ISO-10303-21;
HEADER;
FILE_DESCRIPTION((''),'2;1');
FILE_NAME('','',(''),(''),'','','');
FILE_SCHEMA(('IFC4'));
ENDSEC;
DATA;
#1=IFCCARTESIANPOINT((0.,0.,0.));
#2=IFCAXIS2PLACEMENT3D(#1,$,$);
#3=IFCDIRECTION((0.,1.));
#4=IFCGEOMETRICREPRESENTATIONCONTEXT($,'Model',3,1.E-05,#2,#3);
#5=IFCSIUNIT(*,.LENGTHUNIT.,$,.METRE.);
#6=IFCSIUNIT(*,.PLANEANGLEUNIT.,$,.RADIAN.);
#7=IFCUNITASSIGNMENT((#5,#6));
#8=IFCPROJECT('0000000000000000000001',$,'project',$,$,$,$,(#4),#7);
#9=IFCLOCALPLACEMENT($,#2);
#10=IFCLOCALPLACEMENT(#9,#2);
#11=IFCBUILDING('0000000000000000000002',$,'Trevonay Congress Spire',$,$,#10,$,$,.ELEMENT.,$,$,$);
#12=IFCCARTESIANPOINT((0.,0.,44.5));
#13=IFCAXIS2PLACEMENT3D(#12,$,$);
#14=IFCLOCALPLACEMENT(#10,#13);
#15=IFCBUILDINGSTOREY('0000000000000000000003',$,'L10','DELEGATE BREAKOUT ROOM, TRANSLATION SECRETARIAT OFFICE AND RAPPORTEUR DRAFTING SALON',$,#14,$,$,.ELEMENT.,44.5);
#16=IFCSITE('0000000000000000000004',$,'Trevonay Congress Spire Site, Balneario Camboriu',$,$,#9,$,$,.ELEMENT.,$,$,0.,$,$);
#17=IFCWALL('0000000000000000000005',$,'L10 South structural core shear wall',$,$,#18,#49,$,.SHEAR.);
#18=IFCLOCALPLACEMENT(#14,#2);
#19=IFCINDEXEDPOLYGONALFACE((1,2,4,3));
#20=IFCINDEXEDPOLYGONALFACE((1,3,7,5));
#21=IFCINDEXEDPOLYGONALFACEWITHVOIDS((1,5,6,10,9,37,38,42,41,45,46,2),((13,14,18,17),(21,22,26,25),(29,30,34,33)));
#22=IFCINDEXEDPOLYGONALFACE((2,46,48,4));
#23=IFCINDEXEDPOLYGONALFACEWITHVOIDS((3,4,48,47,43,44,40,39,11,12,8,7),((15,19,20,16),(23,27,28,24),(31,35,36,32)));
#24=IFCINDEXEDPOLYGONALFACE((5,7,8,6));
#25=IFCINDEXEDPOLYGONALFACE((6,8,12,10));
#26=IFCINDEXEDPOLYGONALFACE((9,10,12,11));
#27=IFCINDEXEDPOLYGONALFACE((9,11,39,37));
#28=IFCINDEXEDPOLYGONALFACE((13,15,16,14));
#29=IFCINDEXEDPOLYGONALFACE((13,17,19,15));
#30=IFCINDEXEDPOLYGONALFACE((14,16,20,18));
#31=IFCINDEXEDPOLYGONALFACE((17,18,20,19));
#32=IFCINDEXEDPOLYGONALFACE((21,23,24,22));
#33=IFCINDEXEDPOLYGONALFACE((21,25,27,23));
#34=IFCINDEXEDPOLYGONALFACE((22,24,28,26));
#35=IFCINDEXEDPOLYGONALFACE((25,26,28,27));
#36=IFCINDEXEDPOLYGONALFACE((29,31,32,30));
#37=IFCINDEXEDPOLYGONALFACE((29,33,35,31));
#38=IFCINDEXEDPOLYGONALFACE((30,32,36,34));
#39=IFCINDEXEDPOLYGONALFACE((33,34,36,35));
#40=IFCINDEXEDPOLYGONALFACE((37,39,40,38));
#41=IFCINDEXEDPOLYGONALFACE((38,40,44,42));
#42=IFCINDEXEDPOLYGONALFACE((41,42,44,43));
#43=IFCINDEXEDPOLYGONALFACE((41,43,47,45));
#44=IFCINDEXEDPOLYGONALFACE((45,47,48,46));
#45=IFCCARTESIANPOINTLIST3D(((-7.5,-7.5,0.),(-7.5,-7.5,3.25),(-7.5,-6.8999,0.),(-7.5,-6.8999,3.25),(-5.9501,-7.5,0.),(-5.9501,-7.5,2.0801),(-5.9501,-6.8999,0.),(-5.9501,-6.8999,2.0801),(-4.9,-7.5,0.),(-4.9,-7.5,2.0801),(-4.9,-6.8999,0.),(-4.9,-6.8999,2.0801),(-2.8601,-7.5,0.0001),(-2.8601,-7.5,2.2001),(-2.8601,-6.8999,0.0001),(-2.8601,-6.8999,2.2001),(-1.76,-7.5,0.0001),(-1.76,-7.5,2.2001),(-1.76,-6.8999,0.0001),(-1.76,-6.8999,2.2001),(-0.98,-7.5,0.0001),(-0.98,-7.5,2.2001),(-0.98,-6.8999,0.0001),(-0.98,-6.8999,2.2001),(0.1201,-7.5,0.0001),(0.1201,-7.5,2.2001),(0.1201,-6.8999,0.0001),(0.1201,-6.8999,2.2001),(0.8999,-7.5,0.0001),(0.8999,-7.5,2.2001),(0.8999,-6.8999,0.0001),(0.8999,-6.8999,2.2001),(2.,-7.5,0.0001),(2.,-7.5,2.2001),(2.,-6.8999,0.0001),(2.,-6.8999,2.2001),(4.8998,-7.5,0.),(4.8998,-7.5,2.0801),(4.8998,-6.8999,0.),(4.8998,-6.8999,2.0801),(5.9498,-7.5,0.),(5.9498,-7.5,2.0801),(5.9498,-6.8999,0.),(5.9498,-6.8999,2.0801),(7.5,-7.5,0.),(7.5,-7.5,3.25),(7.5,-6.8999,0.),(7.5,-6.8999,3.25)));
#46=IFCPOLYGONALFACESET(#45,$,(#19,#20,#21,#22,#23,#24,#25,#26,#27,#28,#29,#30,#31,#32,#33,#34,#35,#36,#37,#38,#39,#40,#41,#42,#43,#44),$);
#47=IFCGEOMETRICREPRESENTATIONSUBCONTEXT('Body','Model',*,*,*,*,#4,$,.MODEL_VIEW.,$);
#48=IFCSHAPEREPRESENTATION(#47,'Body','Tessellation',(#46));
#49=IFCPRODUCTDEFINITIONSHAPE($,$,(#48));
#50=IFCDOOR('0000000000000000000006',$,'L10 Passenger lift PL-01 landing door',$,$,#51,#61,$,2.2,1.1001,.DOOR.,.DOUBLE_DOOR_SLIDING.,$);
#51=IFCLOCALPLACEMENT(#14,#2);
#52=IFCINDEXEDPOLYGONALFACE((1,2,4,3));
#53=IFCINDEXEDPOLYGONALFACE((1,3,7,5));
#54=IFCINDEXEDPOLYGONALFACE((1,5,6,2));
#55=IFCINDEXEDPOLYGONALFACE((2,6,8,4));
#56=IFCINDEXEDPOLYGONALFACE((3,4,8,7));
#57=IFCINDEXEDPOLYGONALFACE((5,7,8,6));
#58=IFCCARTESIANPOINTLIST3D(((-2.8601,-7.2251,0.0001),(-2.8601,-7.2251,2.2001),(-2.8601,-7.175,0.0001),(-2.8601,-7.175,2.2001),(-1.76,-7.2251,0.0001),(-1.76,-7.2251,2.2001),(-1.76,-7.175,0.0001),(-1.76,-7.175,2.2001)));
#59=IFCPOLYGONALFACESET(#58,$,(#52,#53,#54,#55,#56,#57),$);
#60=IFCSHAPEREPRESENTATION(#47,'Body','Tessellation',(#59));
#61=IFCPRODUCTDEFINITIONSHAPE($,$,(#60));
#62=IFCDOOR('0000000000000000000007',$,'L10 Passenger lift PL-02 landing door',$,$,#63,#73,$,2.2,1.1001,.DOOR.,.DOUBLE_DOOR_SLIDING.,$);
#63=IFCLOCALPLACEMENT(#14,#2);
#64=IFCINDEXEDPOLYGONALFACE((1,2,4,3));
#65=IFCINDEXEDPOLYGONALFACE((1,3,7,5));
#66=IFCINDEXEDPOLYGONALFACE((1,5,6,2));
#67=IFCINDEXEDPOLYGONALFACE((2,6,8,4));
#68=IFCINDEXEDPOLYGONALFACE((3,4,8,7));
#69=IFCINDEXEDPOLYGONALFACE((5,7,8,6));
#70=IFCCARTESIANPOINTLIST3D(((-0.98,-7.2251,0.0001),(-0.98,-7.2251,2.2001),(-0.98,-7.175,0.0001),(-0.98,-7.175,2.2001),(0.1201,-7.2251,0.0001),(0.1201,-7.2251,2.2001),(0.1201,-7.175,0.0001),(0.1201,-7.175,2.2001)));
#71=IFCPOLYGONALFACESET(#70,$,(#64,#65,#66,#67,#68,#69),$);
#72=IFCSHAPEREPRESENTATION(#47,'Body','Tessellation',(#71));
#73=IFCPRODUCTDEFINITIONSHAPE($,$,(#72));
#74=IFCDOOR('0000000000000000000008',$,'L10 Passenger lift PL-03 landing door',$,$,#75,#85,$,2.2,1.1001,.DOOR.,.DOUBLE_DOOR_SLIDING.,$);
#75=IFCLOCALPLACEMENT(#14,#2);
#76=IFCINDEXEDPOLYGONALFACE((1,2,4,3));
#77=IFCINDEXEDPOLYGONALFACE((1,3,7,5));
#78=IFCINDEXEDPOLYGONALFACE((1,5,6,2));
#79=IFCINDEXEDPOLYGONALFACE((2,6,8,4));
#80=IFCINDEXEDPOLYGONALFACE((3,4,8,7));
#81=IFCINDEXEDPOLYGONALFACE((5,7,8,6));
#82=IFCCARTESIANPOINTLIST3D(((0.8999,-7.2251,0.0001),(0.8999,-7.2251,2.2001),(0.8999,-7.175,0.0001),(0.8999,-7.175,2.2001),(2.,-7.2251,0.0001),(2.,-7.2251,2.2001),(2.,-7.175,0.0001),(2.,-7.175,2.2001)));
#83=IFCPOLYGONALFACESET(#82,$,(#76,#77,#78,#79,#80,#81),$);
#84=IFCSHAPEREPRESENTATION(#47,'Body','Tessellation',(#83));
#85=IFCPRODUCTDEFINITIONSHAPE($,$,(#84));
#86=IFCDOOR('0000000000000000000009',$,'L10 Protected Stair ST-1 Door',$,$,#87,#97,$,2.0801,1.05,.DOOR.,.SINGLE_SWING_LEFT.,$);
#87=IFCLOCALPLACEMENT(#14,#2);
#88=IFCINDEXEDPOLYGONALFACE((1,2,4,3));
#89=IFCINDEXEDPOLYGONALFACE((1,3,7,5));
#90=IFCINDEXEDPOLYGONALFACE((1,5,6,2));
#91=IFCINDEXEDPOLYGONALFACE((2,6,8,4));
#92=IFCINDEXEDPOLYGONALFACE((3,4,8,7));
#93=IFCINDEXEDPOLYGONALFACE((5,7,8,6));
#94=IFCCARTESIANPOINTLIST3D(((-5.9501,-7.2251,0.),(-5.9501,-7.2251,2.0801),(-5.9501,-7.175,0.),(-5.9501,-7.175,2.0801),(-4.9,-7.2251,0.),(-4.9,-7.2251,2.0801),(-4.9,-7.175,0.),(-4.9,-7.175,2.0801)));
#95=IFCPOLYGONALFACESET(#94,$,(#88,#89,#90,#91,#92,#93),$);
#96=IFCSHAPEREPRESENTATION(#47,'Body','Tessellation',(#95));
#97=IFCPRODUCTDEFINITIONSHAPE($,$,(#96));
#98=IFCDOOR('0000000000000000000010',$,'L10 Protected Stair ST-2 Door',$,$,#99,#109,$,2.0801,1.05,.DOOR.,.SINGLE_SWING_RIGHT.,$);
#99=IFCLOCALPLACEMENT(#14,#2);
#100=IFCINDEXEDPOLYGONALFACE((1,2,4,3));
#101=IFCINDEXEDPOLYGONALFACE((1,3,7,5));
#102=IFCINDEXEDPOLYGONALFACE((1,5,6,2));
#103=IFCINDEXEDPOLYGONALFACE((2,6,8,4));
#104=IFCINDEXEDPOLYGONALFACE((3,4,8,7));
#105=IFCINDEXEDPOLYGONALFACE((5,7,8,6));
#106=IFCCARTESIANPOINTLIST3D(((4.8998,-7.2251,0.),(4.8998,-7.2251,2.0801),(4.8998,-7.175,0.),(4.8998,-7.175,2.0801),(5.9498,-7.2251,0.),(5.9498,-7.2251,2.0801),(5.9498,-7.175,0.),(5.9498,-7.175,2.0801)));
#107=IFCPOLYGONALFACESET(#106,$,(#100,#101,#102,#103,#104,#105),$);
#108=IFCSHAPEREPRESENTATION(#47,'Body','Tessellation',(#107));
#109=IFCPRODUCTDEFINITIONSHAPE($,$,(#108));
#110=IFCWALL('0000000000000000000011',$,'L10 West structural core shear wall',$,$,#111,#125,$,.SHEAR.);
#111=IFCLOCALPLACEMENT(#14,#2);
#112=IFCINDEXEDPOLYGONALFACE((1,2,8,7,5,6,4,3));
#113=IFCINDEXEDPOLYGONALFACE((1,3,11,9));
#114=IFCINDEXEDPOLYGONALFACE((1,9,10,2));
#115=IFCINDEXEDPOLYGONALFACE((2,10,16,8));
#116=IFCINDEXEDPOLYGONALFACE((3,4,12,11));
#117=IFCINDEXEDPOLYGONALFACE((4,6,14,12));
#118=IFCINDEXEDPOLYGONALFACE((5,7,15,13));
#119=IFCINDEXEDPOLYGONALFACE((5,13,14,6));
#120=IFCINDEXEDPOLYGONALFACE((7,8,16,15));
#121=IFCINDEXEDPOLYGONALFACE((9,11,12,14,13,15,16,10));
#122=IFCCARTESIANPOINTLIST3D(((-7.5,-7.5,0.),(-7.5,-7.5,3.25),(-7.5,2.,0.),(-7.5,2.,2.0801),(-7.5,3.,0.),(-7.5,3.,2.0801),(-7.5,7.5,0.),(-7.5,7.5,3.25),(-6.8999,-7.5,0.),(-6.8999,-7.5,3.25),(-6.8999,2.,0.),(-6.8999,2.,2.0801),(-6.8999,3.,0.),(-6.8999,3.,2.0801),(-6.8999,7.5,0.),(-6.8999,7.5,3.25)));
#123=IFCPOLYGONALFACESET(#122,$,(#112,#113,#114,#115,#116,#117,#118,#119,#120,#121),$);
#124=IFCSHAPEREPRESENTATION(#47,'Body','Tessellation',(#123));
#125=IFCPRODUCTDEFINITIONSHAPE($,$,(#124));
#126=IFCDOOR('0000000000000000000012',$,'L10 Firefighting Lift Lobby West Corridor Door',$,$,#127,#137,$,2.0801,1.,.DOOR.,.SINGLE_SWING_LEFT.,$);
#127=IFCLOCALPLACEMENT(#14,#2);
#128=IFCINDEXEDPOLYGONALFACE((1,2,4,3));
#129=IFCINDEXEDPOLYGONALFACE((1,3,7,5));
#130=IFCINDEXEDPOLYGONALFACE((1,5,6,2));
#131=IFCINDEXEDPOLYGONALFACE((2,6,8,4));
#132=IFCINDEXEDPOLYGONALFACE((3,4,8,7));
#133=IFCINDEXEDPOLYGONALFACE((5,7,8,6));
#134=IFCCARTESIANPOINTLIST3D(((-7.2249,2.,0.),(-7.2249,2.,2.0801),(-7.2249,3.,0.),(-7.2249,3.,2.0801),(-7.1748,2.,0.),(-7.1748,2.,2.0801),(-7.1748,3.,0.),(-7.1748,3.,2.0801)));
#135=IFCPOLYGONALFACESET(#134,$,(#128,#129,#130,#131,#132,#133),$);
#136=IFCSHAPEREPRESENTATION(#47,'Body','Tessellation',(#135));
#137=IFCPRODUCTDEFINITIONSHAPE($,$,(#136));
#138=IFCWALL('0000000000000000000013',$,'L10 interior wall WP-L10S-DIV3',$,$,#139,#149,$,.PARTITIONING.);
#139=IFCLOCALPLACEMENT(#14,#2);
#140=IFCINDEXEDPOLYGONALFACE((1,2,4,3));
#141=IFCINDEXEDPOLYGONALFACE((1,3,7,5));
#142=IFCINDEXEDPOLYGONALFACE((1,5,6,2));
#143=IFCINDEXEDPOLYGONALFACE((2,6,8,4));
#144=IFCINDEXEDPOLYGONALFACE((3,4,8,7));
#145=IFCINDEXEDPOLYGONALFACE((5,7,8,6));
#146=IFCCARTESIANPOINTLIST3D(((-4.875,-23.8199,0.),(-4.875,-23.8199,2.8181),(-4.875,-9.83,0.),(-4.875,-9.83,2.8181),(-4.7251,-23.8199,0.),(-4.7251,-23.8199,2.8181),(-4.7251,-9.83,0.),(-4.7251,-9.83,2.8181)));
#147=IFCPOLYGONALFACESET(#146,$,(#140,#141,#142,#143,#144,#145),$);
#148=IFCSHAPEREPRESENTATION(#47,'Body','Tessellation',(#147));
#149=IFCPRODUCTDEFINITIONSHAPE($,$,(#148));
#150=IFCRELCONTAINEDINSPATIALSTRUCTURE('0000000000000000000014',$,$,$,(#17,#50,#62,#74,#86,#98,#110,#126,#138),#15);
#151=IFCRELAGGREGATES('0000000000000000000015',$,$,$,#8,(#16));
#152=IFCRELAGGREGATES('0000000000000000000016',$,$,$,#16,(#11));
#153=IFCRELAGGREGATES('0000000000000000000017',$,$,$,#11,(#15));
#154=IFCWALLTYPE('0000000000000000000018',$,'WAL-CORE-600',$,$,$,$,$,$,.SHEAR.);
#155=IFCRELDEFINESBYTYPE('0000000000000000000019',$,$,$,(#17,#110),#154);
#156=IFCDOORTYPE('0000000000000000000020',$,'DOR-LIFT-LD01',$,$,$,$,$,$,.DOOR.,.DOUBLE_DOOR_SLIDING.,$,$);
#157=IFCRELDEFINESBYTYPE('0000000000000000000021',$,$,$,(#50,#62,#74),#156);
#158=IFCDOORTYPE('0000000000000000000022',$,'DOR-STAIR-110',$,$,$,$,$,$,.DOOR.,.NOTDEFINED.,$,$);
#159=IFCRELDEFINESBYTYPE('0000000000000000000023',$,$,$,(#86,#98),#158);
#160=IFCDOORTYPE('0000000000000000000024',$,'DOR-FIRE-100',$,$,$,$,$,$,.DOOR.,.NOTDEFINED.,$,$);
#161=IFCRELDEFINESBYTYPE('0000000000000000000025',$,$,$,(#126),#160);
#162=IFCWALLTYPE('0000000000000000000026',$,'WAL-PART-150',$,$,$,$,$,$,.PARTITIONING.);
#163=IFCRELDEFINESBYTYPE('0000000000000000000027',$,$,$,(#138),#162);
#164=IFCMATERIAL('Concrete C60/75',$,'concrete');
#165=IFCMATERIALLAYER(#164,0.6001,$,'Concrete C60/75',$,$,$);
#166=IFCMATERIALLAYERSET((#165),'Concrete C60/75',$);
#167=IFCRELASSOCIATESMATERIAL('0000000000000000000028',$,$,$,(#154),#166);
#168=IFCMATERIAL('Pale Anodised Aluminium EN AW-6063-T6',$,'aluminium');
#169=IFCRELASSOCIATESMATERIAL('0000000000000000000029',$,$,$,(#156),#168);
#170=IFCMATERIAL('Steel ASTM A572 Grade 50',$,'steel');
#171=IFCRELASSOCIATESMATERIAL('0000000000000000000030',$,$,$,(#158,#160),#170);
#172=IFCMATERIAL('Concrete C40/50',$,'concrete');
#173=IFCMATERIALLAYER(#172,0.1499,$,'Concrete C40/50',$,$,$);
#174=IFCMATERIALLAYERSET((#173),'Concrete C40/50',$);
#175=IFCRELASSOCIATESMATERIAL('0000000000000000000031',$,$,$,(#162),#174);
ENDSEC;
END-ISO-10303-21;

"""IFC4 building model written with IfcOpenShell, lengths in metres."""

from ifc_helpers import new_model, si_unit, direction, frame, frame_2d, origin, place, context, subcontext, project, spatial, rectangle, extrude, material, layer, layer_set, type_object, element, fill, save


model = new_model("IFC4")

# Units and contexts
model_context = context("Model", 3, precision=1e-05, world=origin(), true_north=direction((0.0, 1.0)))
body_context = subcontext(model_context, "Body", "Model", "MODEL_VIEW")
ifc_project = project(units=[si_unit("LENGTHUNIT", "METRE"), si_unit("PLANEANGLEUNIT", "RADIAN")], contexts=[model_context])

# Site, building, storey
site_placement = place(None, origin())
site = spatial("IfcSite", under=ifc_project, at=site_placement, Name="Trevonay Congress Spire Site, Balneario Camboriu", CompositionType="ELEMENT", RefElevation=0.0)
building_placement = place(site_placement, origin())
building = spatial("IfcBuilding", under=site, at=building_placement, Name="Trevonay Congress Spire", CompositionType="ELEMENT")
storey_placement = place(building_placement, frame((0.0, 0.0, 44.5)))
storey = spatial("IfcBuildingStorey", under=building, at=storey_placement, Name="L10", Description="DELEGATE BREAKOUT ROOM, TRANSLATION SECRETARIAT OFFICE AND RAPPORTEUR DRAFTING SALON", CompositionType="ELEMENT", Elevation=44.5)

# Shared definitions
ifc_material_1 = material(Name="Steel ASTM A572 Grade 50", Category="steel")

# Shared definitions
ifc_material_2 = material(Name="Pale Anodised Aluminium EN AW-6063-T6", Category="aluminium")

# Wall, openings, doors
ifc_material_3 = material(Name="Concrete C60/75", Category="concrete")
ifc_layer_1 = layer(ifc_material_3, 0.6001, Name="Concrete C60/75")
ifc_layer_set_1 = layer_set([ifc_layer_1], Name="Concrete C60/75")
wall_type_1 = type_object("IfcWallType", Name="WAL-CORE-600", PredefinedType="SHEAR", material=ifc_layer_set_1)
wall_1_placement = place(storey_placement, frame((-7.5, -7.2, 0.0), z_axis=(0.0, 0.0, 1.0), x_axis=(1.0, 0.0, 0.0)))
wall_1 = element("IfcWall", 1, at=wall_1_placement, inside=storey, type_object=wall_type_1, Name="L10 South structural core shear wall", PredefinedType="SHEAR", context=body_context, shape_type="SweptSolid", body=[
    extrude(rectangle(XDim=15.0, YDim=0.6001, at=frame_2d((7.5, 0.0))), origin(), (0.0, 0.0, 1.0), 3.25),
])
opening_1_placement = place(wall_1_placement, frame((1.55, 0.0, 0.0)))
opening_1 = element("IfcOpeningElement", 2, at=opening_1_placement, cuts=wall_1, PredefinedType="OPENING", context=body_context, shape_type="SweptSolid", body=[
    extrude(rectangle(XDim=1.05, YDim=2.0801, at=frame_2d((0.5249, 1.04))), frame((0.0, 0.3101, 0.0), z_axis=(0.0, -1.0, 0.0), x_axis=(1.0, 0.0, 0.0)), (0.0, 0.0, 1.0), 0.6201),
])
opening_2_placement = place(wall_1_placement, frame((12.3999, 0.0, 0.0)))
opening_2 = element("IfcOpeningElement", 3, at=opening_2_placement, cuts=wall_1, PredefinedType="OPENING", context=body_context, shape_type="SweptSolid", body=[
    extrude(rectangle(XDim=1.05, YDim=2.0801, at=frame_2d((0.5249, 1.04))), frame((0.0, 0.3101, 0.0), z_axis=(0.0, -1.0, 0.0), x_axis=(1.0, 0.0, 0.0)), (0.0, 0.0, 1.0), 0.6201),
])
opening_3_placement = place(wall_1_placement, frame((4.6399, 0.0, 0.0)))
opening_3 = element("IfcOpeningElement", 4, at=opening_3_placement, cuts=wall_1, PredefinedType="OPENING", context=body_context, shape_type="SweptSolid", body=[
    extrude(rectangle(XDim=1.1001, YDim=2.2, at=frame_2d((0.55, 1.1001))), frame((0.0, 0.3101, 0.0), z_axis=(0.0, -1.0, 0.0), x_axis=(1.0, 0.0, 0.0)), (0.0, 0.0, 1.0), 0.6201),
])
opening_4_placement = place(wall_1_placement, frame((6.52, 0.0, 0.0)))
opening_4 = element("IfcOpeningElement", 5, at=opening_4_placement, cuts=wall_1, PredefinedType="OPENING", context=body_context, shape_type="SweptSolid", body=[
    extrude(rectangle(XDim=1.1001, YDim=2.2, at=frame_2d((0.55, 1.1001))), frame((0.0, 0.3101, 0.0), z_axis=(0.0, -1.0, 0.0), x_axis=(1.0, 0.0, 0.0)), (0.0, 0.0, 1.0), 0.6201),
])
opening_5_placement = place(wall_1_placement, frame((8.3999, 0.0, 0.0)))
opening_5 = element("IfcOpeningElement", 6, at=opening_5_placement, cuts=wall_1, PredefinedType="OPENING", context=body_context, shape_type="SweptSolid", body=[
    extrude(rectangle(XDim=1.1001, YDim=2.2, at=frame_2d((0.55, 1.1001))), frame((0.0, 0.3101, 0.0), z_axis=(0.0, -1.0, 0.0), x_axis=(1.0, 0.0, 0.0)), (0.0, 0.0, 1.0), 0.6201),
])
door_type_1 = type_object("IfcDoorType", Name="DOR-LIFT-LD01", OperationType="DOUBLE_DOOR_SLIDING", PredefinedType="DOOR", material=ifc_material_2)
door_1_placement = place(opening_3_placement, origin())
door_1 = element("IfcDoor", 7, at=door_1_placement, inside=storey, type_object=door_type_1, Name="L10 Passenger lift PL-01 landing door", OperationType="DOUBLE_DOOR_SLIDING", OverallHeight=2.2, OverallWidth=1.1001, PredefinedType="DOOR", context=body_context, shape_type="SweptSolid", body=[
    extrude(rectangle(XDim=1.1001, YDim=2.2, at=frame_2d((0.55, 1.1001))), frame((0.0, 0.0249, 0.0), z_axis=(0.0, -1.0, 0.0), x_axis=(1.0, 0.0, 0.0)), (0.0, 0.0, 1.0), 0.05),
])
fill(opening_3, door_1)
door_2_placement = place(opening_4_placement, origin())
door_2 = element("IfcDoor", 8, at=door_2_placement, inside=storey, type_object=door_type_1, Name="L10 Passenger lift PL-02 landing door", OperationType="DOUBLE_DOOR_SLIDING", OverallHeight=2.2, OverallWidth=1.1001, PredefinedType="DOOR", context=body_context, shape_type="SweptSolid", body=[
    extrude(rectangle(XDim=1.1001, YDim=2.2, at=frame_2d((0.55, 1.1001))), frame((0.0, 0.0249, 0.0), z_axis=(0.0, -1.0, 0.0), x_axis=(1.0, 0.0, 0.0)), (0.0, 0.0, 1.0), 0.05),
])
fill(opening_4, door_2)
door_3_placement = place(opening_5_placement, origin())
door_3 = element("IfcDoor", 9, at=door_3_placement, inside=storey, type_object=door_type_1, Name="L10 Passenger lift PL-03 landing door", OperationType="DOUBLE_DOOR_SLIDING", OverallHeight=2.2, OverallWidth=1.1001, PredefinedType="DOOR", context=body_context, shape_type="SweptSolid", body=[
    extrude(rectangle(XDim=1.1001, YDim=2.2, at=frame_2d((0.55, 1.1001))), frame((0.0, 0.0249, 0.0), z_axis=(0.0, -1.0, 0.0), x_axis=(1.0, 0.0, 0.0)), (0.0, 0.0, 1.0), 0.05),
])
fill(opening_5, door_3)
door_type_2 = type_object("IfcDoorType", Name="DOR-STAIR-110", OperationType="NOTDEFINED", PredefinedType="DOOR", material=ifc_material_1)
door_4_placement = place(opening_1_placement, origin())
door_4 = element("IfcDoor", 10, at=door_4_placement, inside=storey, type_object=door_type_2, Name="L10 Protected Stair ST-1 Door", OperationType="SINGLE_SWING_LEFT", OverallHeight=2.0801, OverallWidth=1.05, PredefinedType="DOOR", context=body_context, shape_type="SweptSolid", body=[
    extrude(rectangle(XDim=1.05, YDim=2.0801, at=frame_2d((0.5249, 1.04))), frame((0.0, 0.0249, 0.0), z_axis=(0.0, -1.0, 0.0), x_axis=(1.0, 0.0, 0.0)), (0.0, 0.0, 1.0), 0.05),
])
fill(opening_1, door_4)
door_5_placement = place(opening_2_placement, origin())
door_5 = element("IfcDoor", 11, at=door_5_placement, inside=storey, type_object=door_type_2, Name="L10 Protected Stair ST-2 Door", OperationType="SINGLE_SWING_RIGHT", OverallHeight=2.0801, OverallWidth=1.05, PredefinedType="DOOR", context=body_context, shape_type="SweptSolid", body=[
    extrude(rectangle(XDim=1.05, YDim=2.0801, at=frame_2d((0.5249, 1.04))), frame((0.0, 0.0249, 0.0), z_axis=(0.0, -1.0, 0.0), x_axis=(1.0, 0.0, 0.0)), (0.0, 0.0, 1.0), 0.05),
])
fill(opening_2, door_5)

# Wall, opening, door
wall_2_placement = place(storey_placement, frame((-7.2, -7.5, 0.0), z_axis=(0.0, 0.0, 1.0), x_axis=(0.0, 1.0, 0.0)))
wall_2 = element("IfcWall", 12, at=wall_2_placement, inside=storey, type_object=wall_type_1, Name="L10 West structural core shear wall", PredefinedType="SHEAR", context=body_context, shape_type="SweptSolid", body=[
    extrude(rectangle(XDim=15.0, YDim=0.6001, at=frame_2d((7.5, 0.0))), origin(), (0.0, 0.0, 1.0), 3.25),
])
opening_6_placement = place(wall_2_placement, frame((9.5, 0.0, 0.0)))
opening_6 = element("IfcOpeningElement", 13, at=opening_6_placement, cuts=wall_2, PredefinedType="OPENING", context=body_context, shape_type="SweptSolid", body=[
    extrude(rectangle(XDim=1.0, YDim=2.0801, at=frame_2d((0.5, 1.04))), frame((0.0, 0.3101, 0.0), z_axis=(0.0, -1.0, 0.0), x_axis=(1.0, 0.0, 0.0)), (0.0, 0.0, 1.0), 0.6201),
])
door_type_3 = type_object("IfcDoorType", Name="DOR-FIRE-100", OperationType="NOTDEFINED", PredefinedType="DOOR", material=ifc_material_1)
door_6_placement = place(opening_6_placement, origin())
door_6 = element("IfcDoor", 14, at=door_6_placement, inside=storey, type_object=door_type_3, Name="L10 Firefighting Lift Lobby West Corridor Door", OperationType="SINGLE_SWING_LEFT", OverallHeight=2.0801, OverallWidth=1.0, PredefinedType="DOOR", context=body_context, shape_type="SweptSolid", body=[
    extrude(rectangle(XDim=1.0, YDim=2.0801, at=frame_2d((0.5, 1.04))), frame((0.0, 0.0249, 0.0), z_axis=(0.0, -1.0, 0.0), x_axis=(1.0, 0.0, 0.0)), (0.0, 0.0, 1.0), 0.05),
])
fill(opening_6, door_6)

# Wall
ifc_material_4 = material(Name="Concrete C40/50", Category="concrete")
ifc_layer_2 = layer(ifc_material_4, 0.1499, Name="Concrete C40/50")
ifc_layer_set_2 = layer_set([ifc_layer_2], Name="Concrete C40/50")
wall_type_2 = type_object("IfcWallType", Name="WAL-PART-150", PredefinedType="PARTITIONING", material=ifc_layer_set_2)
wall_3_placement = place(storey_placement, frame((-4.8, -23.8201, 0.0), z_axis=(0.0, 0.0, 1.0), x_axis=(0.0, 1.0, 0.0)))
element("IfcWall", 15, at=wall_3_placement, inside=storey, type_object=wall_type_2, Name="L10 interior wall WP-L10S-DIV3", PredefinedType="PARTITIONING", context=body_context, shape_type="SweptSolid", body=[
    extrude(rectangle(XDim=13.99, YDim=0.1499, at=frame_2d((6.9951, 0.0))), origin(), (0.0, 0.0, 1.0), 2.8181),
])

save(model, "model.ifc")
